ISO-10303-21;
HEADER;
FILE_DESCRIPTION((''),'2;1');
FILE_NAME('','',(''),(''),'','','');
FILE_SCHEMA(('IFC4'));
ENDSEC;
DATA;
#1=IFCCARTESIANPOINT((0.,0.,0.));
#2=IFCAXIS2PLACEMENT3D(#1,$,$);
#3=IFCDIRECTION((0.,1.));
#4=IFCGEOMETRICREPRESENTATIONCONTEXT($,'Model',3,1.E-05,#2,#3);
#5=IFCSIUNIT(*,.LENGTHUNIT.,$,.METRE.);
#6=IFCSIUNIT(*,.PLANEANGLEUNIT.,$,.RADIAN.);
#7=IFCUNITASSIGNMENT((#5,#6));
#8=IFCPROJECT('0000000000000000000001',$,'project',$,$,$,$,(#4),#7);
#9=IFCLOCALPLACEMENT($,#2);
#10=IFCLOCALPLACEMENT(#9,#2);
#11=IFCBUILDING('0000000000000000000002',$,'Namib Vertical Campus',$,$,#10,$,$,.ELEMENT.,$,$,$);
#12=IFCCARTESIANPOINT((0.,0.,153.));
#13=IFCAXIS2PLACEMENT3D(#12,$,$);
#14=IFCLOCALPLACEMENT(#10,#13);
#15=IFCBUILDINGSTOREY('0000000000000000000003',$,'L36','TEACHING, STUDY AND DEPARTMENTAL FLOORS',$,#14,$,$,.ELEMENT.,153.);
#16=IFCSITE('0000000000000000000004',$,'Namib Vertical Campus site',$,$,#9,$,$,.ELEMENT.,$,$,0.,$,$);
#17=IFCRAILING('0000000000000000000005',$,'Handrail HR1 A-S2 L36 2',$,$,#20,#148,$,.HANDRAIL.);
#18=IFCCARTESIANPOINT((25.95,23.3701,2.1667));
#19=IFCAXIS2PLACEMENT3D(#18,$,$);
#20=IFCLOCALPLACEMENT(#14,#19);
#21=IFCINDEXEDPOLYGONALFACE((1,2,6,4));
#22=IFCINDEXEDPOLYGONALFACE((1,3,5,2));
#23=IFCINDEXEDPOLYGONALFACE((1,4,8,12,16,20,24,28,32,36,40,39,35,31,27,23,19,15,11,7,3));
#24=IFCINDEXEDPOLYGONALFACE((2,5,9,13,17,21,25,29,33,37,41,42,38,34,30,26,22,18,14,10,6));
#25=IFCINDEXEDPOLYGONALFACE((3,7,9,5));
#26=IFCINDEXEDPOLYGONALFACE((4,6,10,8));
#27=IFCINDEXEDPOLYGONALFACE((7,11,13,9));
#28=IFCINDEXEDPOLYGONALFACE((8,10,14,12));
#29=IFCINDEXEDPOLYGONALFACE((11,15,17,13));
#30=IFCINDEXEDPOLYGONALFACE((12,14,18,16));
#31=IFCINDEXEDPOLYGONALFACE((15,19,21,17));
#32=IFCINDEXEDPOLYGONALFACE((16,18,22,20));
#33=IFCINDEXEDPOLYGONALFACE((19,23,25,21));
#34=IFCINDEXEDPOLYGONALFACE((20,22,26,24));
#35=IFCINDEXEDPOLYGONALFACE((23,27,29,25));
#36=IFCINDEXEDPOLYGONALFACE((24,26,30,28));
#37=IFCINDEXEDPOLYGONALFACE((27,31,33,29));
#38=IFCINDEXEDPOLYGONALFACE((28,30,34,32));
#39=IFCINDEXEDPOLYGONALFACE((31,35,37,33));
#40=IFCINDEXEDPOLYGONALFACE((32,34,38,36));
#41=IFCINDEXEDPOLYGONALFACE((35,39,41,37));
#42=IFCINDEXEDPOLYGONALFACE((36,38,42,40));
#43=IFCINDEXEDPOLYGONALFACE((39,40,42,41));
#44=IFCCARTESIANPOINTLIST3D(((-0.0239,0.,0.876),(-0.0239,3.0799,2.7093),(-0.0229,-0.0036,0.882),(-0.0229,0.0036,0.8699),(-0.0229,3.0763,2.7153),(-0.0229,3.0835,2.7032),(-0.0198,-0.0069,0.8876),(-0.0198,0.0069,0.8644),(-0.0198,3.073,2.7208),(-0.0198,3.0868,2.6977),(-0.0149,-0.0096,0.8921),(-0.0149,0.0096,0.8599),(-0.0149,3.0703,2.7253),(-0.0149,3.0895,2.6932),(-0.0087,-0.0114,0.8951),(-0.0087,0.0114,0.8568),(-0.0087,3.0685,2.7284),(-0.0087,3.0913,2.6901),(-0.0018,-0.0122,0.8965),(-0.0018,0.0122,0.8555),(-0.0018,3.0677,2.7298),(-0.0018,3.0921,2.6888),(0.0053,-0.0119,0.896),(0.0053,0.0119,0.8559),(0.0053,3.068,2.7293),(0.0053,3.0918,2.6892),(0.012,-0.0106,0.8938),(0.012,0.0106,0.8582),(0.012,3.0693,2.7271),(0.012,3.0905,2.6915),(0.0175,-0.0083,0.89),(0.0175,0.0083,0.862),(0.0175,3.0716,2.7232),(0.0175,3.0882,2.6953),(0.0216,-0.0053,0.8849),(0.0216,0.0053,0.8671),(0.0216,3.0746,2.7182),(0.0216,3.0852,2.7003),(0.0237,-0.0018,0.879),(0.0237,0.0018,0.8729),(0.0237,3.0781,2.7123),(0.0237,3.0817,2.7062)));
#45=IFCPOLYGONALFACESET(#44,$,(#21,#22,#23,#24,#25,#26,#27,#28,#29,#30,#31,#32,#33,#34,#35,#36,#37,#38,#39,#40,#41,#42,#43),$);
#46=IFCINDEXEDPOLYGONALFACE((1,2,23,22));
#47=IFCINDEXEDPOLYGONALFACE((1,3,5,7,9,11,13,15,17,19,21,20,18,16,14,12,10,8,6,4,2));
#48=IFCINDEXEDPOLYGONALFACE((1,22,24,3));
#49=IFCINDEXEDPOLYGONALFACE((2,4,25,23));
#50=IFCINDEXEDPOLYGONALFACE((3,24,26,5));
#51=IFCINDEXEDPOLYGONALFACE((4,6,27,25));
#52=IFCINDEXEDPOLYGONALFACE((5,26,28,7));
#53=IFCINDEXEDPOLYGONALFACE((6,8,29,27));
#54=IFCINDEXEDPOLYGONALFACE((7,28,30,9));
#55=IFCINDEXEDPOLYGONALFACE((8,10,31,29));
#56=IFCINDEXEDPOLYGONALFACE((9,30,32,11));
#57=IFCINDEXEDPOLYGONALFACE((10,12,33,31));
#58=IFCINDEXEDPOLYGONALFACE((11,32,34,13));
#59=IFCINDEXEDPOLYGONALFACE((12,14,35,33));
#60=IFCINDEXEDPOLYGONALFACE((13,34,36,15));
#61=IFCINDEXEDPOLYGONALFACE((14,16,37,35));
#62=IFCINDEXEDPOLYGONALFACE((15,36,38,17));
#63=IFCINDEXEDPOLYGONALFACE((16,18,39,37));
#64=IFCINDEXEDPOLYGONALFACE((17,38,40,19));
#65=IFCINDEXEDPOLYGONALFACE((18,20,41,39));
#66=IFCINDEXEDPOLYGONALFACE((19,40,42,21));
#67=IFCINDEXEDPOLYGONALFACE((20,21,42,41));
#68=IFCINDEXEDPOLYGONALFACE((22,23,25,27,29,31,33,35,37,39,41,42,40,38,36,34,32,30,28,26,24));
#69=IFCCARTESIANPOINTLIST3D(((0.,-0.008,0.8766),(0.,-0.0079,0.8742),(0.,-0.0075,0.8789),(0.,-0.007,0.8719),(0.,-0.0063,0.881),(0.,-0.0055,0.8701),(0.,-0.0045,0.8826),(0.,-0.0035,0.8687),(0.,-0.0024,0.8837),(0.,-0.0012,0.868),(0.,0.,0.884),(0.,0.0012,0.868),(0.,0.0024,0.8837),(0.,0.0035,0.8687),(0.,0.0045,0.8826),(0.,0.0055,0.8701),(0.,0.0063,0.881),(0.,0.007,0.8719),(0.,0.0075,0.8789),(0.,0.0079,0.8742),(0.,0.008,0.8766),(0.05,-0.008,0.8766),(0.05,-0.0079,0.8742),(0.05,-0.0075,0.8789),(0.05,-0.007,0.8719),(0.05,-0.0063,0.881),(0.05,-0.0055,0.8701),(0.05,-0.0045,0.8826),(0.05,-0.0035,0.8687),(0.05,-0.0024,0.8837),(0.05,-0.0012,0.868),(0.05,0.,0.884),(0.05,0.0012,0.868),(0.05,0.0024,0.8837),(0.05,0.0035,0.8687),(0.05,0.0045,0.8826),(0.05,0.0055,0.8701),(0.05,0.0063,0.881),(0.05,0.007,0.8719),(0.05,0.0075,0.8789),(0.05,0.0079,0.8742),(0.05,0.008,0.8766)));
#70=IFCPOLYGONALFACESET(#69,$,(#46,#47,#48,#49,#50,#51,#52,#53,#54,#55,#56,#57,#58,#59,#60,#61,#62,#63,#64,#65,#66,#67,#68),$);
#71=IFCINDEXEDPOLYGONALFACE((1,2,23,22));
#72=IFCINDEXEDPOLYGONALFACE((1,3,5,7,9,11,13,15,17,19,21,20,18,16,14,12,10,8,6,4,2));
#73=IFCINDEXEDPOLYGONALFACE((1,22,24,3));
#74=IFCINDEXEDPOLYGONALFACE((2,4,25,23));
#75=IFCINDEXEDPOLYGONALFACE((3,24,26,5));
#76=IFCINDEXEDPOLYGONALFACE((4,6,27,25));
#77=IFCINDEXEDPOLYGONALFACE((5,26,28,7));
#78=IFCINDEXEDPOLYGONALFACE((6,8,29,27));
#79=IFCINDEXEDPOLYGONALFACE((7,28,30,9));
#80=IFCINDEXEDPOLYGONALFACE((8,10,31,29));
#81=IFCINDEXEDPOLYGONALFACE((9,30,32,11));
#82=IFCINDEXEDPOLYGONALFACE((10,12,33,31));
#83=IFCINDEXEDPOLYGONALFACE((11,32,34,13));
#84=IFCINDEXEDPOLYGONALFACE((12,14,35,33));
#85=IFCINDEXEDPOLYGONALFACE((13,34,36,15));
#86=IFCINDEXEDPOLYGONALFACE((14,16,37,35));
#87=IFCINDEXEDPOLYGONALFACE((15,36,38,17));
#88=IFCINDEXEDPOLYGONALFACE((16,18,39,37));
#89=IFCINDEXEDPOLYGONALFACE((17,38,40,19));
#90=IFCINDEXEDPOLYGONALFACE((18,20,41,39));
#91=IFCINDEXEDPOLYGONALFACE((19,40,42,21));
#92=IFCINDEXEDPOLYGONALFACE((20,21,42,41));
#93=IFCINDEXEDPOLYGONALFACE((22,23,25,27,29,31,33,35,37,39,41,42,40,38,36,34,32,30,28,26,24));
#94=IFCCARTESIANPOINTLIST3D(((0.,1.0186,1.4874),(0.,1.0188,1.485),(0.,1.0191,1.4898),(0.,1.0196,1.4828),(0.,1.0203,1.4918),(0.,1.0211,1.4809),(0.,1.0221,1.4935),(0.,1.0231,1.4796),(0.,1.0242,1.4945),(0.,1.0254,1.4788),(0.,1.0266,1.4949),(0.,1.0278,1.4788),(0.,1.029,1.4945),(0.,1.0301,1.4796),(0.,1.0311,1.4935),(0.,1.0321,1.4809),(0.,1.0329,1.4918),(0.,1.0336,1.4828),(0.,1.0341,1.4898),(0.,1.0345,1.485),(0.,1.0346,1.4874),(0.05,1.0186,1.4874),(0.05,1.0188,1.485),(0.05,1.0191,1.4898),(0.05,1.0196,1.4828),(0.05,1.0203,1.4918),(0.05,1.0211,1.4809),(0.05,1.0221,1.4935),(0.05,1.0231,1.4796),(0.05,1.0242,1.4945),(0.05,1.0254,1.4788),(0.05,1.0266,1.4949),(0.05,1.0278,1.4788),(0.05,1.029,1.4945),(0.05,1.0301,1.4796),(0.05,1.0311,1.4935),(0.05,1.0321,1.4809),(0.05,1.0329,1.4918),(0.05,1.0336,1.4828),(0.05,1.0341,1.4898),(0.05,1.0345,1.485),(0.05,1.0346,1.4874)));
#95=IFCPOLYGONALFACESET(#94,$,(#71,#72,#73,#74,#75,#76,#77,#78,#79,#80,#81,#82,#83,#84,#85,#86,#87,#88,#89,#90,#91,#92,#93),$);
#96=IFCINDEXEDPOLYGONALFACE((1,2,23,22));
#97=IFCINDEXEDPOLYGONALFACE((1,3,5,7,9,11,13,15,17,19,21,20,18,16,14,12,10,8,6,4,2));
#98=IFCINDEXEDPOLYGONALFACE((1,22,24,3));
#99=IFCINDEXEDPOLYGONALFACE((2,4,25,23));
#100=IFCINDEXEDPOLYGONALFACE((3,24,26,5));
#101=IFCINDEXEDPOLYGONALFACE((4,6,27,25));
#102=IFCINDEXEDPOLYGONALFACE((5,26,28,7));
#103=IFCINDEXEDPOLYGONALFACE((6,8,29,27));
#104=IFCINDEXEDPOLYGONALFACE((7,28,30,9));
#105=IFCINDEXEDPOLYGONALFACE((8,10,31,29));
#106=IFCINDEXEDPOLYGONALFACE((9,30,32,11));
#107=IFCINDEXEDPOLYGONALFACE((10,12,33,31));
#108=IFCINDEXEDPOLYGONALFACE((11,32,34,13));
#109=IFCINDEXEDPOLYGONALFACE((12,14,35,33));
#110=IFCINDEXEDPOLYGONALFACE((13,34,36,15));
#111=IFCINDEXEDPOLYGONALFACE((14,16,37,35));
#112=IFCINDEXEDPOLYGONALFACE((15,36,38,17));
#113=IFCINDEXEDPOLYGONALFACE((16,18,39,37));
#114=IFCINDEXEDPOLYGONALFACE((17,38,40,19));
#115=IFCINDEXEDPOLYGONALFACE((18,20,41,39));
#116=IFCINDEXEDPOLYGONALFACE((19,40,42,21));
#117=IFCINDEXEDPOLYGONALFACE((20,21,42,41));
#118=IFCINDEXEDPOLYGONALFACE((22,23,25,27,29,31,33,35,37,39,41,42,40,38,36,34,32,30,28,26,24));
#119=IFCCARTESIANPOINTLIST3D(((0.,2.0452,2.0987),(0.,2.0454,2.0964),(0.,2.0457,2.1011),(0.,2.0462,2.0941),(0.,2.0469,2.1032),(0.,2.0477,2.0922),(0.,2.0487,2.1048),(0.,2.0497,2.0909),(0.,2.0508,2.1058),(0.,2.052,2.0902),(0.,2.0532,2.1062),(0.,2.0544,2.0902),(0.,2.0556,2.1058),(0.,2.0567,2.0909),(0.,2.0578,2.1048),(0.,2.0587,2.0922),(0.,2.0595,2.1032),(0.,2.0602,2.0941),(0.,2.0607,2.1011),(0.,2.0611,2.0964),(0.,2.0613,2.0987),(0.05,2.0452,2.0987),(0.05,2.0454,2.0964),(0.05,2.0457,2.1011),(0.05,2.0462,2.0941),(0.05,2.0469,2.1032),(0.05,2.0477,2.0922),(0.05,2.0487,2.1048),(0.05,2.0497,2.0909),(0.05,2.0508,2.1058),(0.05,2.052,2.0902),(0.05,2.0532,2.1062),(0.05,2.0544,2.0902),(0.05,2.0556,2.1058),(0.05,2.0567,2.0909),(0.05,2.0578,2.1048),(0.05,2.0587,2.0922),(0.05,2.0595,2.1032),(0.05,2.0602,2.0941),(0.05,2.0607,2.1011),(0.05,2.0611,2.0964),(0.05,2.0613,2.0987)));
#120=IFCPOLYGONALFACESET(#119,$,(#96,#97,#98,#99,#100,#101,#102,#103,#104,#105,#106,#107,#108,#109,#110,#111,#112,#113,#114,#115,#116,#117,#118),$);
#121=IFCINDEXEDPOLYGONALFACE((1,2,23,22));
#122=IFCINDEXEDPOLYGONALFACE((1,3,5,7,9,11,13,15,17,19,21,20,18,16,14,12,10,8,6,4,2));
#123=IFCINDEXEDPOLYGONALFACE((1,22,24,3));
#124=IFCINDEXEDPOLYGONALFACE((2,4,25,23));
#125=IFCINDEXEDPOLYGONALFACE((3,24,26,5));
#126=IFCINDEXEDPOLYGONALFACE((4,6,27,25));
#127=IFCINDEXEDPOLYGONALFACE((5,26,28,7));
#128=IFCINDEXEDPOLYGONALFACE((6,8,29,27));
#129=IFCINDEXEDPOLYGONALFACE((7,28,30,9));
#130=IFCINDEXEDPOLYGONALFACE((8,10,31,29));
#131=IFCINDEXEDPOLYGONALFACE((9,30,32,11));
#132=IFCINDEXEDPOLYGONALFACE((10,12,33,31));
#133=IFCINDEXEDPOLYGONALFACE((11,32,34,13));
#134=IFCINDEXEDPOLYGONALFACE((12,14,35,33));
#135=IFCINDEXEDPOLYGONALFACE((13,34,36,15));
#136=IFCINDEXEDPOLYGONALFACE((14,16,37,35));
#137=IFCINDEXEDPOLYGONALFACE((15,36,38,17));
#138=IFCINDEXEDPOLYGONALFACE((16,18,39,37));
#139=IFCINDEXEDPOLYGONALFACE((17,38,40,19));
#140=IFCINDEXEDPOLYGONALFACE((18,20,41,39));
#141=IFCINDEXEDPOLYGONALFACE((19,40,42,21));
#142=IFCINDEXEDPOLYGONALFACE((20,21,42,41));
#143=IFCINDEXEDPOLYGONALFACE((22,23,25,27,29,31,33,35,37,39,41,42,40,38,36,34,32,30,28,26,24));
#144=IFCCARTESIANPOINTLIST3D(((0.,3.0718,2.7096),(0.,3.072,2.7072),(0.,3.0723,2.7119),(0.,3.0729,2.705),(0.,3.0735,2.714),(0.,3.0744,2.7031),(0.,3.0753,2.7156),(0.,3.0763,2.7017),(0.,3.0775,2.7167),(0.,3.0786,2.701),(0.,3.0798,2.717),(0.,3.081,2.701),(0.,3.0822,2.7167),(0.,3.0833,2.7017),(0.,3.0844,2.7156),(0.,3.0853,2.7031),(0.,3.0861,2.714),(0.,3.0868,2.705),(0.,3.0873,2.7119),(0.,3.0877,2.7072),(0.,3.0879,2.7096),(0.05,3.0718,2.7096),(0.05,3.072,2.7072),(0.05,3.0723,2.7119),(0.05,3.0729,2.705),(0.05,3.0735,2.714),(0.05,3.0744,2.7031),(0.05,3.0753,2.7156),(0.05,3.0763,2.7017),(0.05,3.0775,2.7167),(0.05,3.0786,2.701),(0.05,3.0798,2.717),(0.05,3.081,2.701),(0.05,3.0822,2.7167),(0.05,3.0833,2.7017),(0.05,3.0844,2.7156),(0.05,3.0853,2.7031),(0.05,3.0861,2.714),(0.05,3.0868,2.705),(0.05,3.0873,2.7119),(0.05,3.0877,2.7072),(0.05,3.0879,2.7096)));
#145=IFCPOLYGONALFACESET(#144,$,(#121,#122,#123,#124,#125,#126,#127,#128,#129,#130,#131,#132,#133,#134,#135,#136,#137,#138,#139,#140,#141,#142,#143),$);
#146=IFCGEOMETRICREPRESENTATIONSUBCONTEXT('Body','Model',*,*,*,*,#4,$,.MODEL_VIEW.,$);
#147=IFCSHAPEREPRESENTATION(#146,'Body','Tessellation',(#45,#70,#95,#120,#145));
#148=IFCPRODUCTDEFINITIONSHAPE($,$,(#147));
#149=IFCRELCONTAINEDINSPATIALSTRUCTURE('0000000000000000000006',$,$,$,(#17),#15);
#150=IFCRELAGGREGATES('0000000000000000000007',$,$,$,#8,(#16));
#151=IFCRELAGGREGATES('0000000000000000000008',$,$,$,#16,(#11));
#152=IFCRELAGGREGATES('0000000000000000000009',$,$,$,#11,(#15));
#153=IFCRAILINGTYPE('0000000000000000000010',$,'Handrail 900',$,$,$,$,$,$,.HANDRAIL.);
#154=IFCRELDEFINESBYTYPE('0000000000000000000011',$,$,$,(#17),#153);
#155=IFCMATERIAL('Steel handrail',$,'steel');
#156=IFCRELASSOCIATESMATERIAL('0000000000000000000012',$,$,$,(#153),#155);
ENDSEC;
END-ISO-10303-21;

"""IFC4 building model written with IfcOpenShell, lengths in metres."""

from ifc_helpers import new_model, si_unit, direction, frame, origin, origin_2d, place, context, subcontext, project, spatial, circle, extrude, material, type_object, element, save


model = new_model("IFC4")

# Units and contexts
model_context = context("Model", 3, precision=1e-05, world=origin(), true_north=direction((0.0, 1.0)))
body_context = subcontext(model_context, "Body", "Model", "MODEL_VIEW")
ifc_project = project(units=[si_unit("LENGTHUNIT", "METRE"), si_unit("PLANEANGLEUNIT", "RADIAN")], contexts=[model_context])

# Site, building, storey
site_placement = place(None, origin())
site = spatial("IfcSite", under=ifc_project, at=site_placement, Name="Namib Vertical Campus site", CompositionType="ELEMENT", RefElevation=0.0)
building_placement = place(site_placement, origin())
building = spatial("IfcBuilding", under=site, at=building_placement, Name="Namib Vertical Campus", CompositionType="ELEMENT")
storey_placement = place(building_placement, frame((0.0, 0.0, 153.0)))
storey = spatial("IfcBuildingStorey", under=building, at=storey_placement, Name="L36", Description="TEACHING, STUDY AND DEPARTMENTAL FLOORS", CompositionType="ELEMENT", Elevation=153.0)

# Railing
ifc_material_1 = material(Name="Steel handrail", Category="steel")
railing_type_1 = type_object("IfcRailingType", Name="Handrail 900", PredefinedType="HANDRAIL", material=ifc_material_1)
railing_1_placement = place(storey_placement, frame((25.95, 23.3701, 2.1667)))
element("IfcRailing", 1, at=railing_1_placement, inside=storey, type_object=railing_type_1, Name="Handrail HR1 A-S2 L36 2", PredefinedType="HANDRAIL", context=body_context, shape_type="SweptSolid", body=[
    extrude(circle(Radius=0.0239, at=origin_2d()), frame((0.0, 0.0, 0.876), z_axis=(0.0, 0.859291, 0.511487), x_axis=(-1.0, 0.0, 0.0)), (0.0, 0.0, 1.0), 3.5842),
    extrude(circle(Radius=0.0081, at=origin_2d()), frame((0.0, 0.0, 0.876), z_axis=(1.0, 0.0, 0.0), x_axis=(0.0, 0.0, 1.0)), (0.0, 0.0, 1.0), 0.05),
    extrude(circle(Radius=0.0081, at=origin_2d()), frame((0.0, 1.0266, 1.4868), z_axis=(1.0, 0.0, 0.0), x_axis=(0.0, 0.0, 1.0)), (0.0, 0.0, 1.0), 0.05),
    extrude(circle(Radius=0.0081, at=origin_2d()), frame((0.0, 2.0532, 2.0981), z_axis=(1.0, 0.0, 0.0), x_axis=(0.0, 0.0, 1.0)), (0.0, 0.0, 1.0), 0.05),
    extrude(circle(Radius=0.0081, at=origin_2d()), frame((0.0, 3.0798, 2.709), z_axis=(1.0, 0.0, 0.0), x_axis=(0.0, 0.0, 1.0)), (0.0, 0.0, 1.0), 0.05),
])

save(model, "model.ifc")
